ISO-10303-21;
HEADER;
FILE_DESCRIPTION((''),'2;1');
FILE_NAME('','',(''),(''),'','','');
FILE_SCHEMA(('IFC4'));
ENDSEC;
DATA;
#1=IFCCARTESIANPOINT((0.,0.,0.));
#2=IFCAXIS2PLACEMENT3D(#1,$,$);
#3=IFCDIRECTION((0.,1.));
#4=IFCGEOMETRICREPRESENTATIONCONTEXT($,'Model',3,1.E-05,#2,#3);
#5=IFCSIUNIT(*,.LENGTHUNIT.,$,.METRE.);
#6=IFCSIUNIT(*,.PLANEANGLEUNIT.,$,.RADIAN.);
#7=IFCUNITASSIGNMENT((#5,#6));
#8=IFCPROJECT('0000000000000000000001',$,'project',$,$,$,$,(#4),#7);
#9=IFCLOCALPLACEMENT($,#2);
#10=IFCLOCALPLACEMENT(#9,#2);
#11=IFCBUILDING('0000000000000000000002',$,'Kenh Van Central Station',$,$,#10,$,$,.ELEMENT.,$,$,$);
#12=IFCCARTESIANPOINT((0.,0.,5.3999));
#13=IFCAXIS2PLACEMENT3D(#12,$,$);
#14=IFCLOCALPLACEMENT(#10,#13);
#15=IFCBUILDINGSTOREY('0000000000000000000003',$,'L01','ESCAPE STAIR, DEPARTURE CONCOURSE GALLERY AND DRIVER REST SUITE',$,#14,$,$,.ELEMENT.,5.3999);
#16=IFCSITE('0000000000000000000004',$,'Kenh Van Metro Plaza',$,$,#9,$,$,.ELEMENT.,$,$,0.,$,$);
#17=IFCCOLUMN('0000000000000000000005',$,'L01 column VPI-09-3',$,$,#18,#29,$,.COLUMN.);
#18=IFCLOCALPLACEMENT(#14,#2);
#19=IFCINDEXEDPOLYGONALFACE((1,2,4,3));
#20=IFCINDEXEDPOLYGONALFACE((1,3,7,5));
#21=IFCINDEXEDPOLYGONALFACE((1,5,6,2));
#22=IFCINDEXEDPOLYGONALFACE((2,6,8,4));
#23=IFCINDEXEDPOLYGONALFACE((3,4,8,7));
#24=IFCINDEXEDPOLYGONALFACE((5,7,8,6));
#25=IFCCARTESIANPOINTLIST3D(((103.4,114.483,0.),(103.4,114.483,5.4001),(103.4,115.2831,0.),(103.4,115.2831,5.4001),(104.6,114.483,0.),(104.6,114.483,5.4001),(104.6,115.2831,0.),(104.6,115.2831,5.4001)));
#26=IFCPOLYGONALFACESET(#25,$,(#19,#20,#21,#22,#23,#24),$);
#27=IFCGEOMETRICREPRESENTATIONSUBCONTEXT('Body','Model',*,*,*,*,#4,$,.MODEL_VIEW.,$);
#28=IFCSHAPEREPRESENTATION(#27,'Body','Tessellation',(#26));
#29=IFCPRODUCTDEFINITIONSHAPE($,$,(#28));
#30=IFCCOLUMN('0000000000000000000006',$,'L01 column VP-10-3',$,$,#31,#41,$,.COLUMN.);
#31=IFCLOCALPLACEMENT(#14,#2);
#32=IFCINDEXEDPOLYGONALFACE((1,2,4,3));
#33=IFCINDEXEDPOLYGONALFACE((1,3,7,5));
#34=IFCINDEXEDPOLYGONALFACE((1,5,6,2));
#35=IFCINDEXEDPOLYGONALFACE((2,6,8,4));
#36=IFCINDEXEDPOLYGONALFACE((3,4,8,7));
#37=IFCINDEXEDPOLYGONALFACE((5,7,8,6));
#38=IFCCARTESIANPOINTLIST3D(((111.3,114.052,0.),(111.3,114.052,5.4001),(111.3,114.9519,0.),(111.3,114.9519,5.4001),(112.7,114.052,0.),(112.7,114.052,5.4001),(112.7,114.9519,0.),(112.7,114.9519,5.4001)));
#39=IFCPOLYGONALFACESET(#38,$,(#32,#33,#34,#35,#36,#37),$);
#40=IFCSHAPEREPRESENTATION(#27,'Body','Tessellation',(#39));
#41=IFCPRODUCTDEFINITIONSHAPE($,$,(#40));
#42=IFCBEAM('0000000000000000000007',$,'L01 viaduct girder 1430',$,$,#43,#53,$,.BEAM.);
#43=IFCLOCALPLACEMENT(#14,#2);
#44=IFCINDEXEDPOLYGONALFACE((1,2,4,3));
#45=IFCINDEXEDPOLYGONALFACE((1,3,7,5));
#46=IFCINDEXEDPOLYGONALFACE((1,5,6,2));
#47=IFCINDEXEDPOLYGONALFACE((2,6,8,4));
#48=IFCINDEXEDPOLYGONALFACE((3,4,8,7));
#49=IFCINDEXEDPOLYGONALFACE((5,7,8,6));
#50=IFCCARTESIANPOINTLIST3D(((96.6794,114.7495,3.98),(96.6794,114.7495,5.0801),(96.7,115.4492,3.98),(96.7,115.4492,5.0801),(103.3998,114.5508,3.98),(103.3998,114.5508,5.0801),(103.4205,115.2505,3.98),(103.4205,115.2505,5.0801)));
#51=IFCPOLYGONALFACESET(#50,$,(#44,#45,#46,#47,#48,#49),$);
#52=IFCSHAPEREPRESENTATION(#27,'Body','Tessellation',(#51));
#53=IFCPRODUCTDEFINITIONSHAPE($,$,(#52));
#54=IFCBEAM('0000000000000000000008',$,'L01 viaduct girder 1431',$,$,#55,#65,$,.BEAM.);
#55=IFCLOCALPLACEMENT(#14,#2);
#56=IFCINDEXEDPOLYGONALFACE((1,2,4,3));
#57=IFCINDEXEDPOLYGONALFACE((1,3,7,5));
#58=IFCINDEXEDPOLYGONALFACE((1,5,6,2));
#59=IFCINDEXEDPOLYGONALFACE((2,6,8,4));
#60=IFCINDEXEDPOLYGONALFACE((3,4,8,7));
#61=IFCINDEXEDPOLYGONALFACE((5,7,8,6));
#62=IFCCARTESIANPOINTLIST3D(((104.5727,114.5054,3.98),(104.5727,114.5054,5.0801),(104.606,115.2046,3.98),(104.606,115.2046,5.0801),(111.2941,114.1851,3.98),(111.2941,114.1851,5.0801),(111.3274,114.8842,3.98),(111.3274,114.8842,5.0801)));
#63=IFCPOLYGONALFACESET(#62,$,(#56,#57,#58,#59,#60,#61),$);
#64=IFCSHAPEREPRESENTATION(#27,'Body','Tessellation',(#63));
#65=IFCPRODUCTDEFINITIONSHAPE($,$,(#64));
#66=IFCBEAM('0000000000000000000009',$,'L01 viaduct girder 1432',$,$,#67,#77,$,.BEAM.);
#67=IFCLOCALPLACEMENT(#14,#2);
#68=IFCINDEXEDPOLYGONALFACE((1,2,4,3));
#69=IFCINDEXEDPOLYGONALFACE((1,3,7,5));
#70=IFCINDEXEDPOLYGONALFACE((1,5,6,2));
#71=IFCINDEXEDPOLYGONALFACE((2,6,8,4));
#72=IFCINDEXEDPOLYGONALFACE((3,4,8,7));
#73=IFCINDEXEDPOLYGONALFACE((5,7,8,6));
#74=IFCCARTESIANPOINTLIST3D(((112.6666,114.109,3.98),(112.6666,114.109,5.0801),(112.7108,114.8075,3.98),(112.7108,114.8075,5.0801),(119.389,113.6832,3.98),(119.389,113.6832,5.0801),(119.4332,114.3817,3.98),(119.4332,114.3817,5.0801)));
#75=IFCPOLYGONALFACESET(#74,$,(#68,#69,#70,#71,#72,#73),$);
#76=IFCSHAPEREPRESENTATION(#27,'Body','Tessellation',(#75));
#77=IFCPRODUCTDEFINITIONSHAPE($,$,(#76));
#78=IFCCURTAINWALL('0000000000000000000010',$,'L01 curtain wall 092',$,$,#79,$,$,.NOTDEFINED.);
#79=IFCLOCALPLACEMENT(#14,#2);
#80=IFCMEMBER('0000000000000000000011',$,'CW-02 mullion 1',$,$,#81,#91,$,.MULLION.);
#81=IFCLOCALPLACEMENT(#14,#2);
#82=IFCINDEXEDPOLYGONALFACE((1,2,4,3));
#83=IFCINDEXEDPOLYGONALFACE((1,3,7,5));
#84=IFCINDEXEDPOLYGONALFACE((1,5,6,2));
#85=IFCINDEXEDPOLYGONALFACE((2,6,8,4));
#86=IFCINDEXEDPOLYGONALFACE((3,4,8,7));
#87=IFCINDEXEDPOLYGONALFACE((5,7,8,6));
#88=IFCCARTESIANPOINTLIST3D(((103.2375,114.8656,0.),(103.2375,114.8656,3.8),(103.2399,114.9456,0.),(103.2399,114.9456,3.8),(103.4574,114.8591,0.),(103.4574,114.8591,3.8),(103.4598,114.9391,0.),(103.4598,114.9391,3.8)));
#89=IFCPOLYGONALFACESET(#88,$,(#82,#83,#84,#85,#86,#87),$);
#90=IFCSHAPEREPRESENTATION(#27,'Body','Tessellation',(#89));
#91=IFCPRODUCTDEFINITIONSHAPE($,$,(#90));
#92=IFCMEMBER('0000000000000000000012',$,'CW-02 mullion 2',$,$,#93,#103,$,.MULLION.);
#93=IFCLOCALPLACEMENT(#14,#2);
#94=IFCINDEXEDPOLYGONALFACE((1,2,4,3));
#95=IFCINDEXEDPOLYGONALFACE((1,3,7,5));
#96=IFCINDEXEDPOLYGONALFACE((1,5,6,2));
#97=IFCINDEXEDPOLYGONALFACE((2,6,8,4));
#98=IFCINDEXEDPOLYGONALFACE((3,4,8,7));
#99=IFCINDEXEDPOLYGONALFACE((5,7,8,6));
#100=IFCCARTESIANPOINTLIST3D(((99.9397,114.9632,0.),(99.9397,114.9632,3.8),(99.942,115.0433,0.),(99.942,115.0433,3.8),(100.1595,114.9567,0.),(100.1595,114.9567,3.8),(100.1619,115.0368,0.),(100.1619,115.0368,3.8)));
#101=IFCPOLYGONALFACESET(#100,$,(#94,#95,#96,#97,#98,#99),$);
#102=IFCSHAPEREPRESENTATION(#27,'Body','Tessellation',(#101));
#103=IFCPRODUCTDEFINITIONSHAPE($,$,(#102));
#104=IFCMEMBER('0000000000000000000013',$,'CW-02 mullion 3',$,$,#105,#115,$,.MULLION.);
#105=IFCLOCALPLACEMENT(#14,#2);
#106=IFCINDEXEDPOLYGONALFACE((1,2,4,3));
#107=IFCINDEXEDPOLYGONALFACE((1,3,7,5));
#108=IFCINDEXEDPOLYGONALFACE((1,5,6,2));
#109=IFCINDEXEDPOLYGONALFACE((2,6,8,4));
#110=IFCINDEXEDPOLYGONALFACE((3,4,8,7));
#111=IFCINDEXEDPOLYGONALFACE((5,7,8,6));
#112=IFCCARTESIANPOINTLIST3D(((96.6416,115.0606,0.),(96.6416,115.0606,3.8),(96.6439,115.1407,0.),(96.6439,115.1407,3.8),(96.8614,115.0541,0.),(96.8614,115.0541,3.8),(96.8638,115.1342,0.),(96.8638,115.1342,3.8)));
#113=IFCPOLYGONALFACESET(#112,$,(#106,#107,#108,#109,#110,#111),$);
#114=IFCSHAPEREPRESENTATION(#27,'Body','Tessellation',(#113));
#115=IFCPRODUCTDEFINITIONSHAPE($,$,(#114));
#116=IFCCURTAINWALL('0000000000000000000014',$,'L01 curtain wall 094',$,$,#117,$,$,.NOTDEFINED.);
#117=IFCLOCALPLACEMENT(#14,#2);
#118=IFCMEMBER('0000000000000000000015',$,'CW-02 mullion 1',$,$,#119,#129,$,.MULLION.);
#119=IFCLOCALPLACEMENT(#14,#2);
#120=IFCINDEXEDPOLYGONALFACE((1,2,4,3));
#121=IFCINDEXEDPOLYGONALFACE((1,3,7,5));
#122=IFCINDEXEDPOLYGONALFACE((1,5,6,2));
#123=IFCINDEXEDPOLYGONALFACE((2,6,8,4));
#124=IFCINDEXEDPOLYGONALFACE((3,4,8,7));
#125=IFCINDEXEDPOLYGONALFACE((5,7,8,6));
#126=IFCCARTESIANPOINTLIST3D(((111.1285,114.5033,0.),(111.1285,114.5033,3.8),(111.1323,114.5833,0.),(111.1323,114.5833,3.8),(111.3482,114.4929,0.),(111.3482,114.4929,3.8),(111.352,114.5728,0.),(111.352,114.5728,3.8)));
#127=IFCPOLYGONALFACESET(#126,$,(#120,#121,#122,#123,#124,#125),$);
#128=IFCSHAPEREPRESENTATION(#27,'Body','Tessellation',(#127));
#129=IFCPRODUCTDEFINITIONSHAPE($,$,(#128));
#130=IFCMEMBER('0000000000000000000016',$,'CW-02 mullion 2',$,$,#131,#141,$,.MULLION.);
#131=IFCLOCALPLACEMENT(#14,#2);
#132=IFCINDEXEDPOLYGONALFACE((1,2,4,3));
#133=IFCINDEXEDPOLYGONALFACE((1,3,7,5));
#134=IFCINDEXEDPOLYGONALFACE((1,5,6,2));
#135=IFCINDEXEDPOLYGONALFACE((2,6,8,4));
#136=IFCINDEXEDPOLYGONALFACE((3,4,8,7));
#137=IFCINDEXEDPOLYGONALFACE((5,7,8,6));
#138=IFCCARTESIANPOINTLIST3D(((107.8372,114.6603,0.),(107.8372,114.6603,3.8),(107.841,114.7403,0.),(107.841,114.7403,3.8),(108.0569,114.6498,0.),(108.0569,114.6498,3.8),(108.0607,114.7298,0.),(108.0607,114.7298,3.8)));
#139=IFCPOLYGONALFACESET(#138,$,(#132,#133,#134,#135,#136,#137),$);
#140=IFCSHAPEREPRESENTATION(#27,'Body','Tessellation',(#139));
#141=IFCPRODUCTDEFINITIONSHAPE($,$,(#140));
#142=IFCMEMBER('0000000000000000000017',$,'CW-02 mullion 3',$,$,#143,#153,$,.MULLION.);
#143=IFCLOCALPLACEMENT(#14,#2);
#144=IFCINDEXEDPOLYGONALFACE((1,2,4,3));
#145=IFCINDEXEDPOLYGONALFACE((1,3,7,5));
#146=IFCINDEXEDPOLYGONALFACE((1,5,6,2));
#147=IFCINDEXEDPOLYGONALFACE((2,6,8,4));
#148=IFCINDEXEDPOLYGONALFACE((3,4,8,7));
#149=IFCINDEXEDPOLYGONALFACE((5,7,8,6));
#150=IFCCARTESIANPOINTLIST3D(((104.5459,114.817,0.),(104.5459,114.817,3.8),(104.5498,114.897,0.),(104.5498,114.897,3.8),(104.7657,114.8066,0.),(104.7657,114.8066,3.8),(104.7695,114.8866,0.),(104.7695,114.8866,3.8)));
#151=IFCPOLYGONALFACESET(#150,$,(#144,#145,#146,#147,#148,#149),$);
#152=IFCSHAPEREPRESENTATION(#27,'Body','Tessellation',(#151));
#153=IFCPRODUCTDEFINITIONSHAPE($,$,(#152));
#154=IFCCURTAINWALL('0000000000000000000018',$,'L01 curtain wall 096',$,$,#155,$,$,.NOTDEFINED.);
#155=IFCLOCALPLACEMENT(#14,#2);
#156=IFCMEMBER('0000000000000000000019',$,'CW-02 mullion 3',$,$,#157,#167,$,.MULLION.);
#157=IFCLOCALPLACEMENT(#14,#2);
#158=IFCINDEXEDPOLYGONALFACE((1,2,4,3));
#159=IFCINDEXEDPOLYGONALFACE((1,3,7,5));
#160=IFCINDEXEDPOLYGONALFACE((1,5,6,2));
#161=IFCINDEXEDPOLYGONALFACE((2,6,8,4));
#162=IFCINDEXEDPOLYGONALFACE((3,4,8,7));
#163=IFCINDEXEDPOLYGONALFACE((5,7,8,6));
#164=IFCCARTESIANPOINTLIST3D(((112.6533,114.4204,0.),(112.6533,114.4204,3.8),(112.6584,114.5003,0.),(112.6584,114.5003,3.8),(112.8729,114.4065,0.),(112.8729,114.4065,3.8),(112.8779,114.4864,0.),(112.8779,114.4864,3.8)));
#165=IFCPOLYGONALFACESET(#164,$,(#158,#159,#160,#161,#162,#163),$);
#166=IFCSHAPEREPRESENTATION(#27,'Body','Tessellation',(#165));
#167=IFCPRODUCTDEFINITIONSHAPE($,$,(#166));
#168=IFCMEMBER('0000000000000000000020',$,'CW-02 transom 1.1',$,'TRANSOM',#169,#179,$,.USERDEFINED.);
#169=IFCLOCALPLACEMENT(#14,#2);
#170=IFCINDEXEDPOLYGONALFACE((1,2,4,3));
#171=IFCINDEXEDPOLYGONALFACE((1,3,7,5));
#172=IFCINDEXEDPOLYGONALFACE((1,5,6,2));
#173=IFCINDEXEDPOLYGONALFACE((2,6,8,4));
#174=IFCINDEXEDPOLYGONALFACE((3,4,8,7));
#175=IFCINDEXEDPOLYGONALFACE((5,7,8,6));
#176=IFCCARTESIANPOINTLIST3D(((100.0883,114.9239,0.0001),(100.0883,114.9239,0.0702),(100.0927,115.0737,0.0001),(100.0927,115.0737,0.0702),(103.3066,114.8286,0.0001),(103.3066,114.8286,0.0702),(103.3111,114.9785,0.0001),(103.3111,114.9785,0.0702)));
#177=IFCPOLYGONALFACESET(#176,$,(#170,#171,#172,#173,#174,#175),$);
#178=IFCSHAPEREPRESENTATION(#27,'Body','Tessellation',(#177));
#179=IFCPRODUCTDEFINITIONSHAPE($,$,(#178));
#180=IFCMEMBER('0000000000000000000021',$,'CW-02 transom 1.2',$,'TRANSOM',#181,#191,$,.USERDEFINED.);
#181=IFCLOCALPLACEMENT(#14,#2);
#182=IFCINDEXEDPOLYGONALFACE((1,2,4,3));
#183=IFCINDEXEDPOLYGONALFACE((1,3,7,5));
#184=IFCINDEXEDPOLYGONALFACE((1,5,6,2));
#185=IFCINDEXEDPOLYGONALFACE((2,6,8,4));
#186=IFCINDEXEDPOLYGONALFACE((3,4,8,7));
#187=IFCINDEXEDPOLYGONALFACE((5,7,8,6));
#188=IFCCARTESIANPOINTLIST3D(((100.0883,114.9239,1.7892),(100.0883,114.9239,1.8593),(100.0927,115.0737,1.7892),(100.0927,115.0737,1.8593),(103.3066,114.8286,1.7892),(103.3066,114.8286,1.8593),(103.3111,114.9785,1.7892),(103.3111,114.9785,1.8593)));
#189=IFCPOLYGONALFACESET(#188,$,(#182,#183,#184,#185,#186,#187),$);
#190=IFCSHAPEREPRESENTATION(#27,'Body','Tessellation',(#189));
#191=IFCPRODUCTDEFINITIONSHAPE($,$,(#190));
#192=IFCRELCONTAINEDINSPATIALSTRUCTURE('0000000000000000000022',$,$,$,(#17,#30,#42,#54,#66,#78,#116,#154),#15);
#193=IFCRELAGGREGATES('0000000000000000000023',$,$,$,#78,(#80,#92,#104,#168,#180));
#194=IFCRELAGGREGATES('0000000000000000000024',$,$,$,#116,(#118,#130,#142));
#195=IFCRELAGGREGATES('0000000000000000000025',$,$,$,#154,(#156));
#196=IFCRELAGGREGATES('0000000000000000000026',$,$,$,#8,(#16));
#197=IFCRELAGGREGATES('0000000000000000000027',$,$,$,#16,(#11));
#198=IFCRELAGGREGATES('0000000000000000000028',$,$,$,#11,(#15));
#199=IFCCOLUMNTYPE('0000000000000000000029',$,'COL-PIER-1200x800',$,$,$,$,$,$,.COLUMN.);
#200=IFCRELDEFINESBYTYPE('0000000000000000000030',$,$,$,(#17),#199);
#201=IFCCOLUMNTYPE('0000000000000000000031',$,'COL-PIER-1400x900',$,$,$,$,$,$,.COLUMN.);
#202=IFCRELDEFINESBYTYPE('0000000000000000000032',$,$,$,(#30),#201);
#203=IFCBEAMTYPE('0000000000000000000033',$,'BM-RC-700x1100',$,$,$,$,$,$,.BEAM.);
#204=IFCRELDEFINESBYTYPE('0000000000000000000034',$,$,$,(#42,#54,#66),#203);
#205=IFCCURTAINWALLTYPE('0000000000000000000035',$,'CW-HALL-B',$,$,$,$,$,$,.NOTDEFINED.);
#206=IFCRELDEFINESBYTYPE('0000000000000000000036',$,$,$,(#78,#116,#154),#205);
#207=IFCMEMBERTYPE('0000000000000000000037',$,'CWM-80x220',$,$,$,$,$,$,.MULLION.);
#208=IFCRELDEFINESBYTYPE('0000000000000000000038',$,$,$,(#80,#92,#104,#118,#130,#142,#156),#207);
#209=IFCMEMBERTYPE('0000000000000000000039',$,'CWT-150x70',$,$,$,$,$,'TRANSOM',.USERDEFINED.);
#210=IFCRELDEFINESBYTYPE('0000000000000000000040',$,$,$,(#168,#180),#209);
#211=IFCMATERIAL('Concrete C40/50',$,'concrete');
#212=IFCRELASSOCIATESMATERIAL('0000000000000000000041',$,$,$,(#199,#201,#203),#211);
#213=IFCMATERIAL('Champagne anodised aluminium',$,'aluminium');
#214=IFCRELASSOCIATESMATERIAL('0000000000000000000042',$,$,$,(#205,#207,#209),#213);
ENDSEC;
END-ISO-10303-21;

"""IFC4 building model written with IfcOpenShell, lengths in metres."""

from ifc_helpers import new_model, si_unit, direction, frame, origin, origin_2d, place, context, subcontext, project, spatial, rectangle, extrude, material, material_profile, profile_set, type_object, element, aggregate, save


model = new_model("IFC4")

# Units and contexts
model_context = context("Model", 3, precision=1e-05, world=origin(), true_north=direction((0.0, 1.0)))
body_context = subcontext(model_context, "Body", "Model", "MODEL_VIEW")
ifc_project = project(units=[si_unit("LENGTHUNIT", "METRE"), si_unit("PLANEANGLEUNIT", "RADIAN")], contexts=[model_context])

# Site, building, storey
site_placement = place(None, origin())
site = spatial("IfcSite", under=ifc_project, at=site_placement, Name="Kenh Van Metro Plaza", CompositionType="ELEMENT", RefElevation=0.0)
building_placement = place(site_placement, origin())
building = spatial("IfcBuilding", under=site, at=building_placement, Name="Kenh Van Central Station", CompositionType="ELEMENT")
storey_placement = place(building_placement, frame((0.0, 0.0, 5.3999)))
storey = spatial("IfcBuildingStorey", under=building, at=storey_placement, Name="L01", Description="ESCAPE STAIR, DEPARTURE CONCOURSE GALLERY AND DRIVER REST SUITE", CompositionType="ELEMENT", Elevation=5.3999)

# Columns
ifc_material_1 = material(Name="Concrete C40/50", Category="concrete")
ifc_material_profile_1 = material_profile(ifc_material_1, rectangle(XDim=1.2, YDim=0.8, at=origin_2d()), Name="RC 1200x800")
ifc_profile_set_1 = profile_set([ifc_material_profile_1], Name="Concrete C40/50")
column_type_1 = type_object("IfcColumnType", Name="COL-PIER-1200x800", PredefinedType="COLUMN", material=ifc_profile_set_1)
column_1_placement = place(storey_placement, frame((104.0, 114.8831, 0.0), z_axis=(0.0, 0.0, 1.0), x_axis=(1.0, 0.0, 0.0)))
element("IfcColumn", 1, at=column_1_placement, inside=storey, type_object=column_type_1, Name="L01 column VPI-09-3", PredefinedType="COLUMN", context=body_context, shape_type="SweptSolid", body=[
    extrude(rectangle(XDim=1.2, YDim=0.8, at=origin_2d()), origin(), (0.0, 0.0, 1.0), 5.4001),
])
ifc_material_profile_2 = material_profile(ifc_material_1, rectangle(XDim=1.3999, YDim=0.8999, at=origin_2d()), Name="RC 1400x900")
ifc_profile_set_2 = profile_set([ifc_material_profile_2], Name="Concrete C40/50")
column_type_2 = type_object("IfcColumnType", Name="COL-PIER-1400x900", PredefinedType="COLUMN", material=ifc_profile_set_2)
column_2_placement = place(storey_placement, frame((112.0, 114.502, 0.0), z_axis=(0.0, 0.0, 1.0), x_axis=(1.0, 0.0, 0.0)))
element("IfcColumn", 2, at=column_2_placement, inside=storey, type_object=column_type_2, Name="L01 column VP-10-3", PredefinedType="COLUMN", context=body_context, shape_type="SweptSolid", body=[
    extrude(rectangle(XDim=1.3999, YDim=0.8999, at=origin_2d()), origin(), (0.0, 0.0, 1.0), 5.4001),
])

# Beams
ifc_material_profile_3 = material_profile(ifc_material_1, rectangle(XDim=0.7, YDim=1.1001, at=origin_2d()), Name="RC 700x1100")
ifc_profile_set_3 = profile_set([ifc_material_profile_3], Name="Concrete C40/50")
beam_type = type_object("IfcBeamType", Name="BM-RC-700x1100", PredefinedType="BEAM", material=ifc_profile_set_3)
beam_1_placement = place(storey_placement, frame((96.6897, 115.0994, 4.53), z_axis=(0.999563, -0.029558, 0.0), x_axis=(0.029558, 0.999563, 0.0)))
element("IfcBeam", 3, at=beam_1_placement, inside=storey, type_object=beam_type, Name="L01 viaduct girder 1430", PredefinedType="BEAM", context=body_context, shape_type="SweptSolid", body=[
    extrude(rectangle(XDim=0.7, YDim=1.1001, at=origin_2d()), origin(), (0.0, 0.0, 1.0), 6.7234),
])
beam_2_placement = place(storey_placement, frame((104.5894, 114.855, 4.53), z_axis=(0.998866, -0.047601, 0.0), x_axis=(0.047601, 0.998866, 0.0)))
element("IfcBeam", 4, at=beam_2_placement, inside=storey, type_object=beam_type, Name="L01 viaduct girder 1431", PredefinedType="BEAM", context=body_context, shape_type="SweptSolid", body=[
    extrude(rectangle(XDim=0.7, YDim=1.1001, at=origin_2d()), origin(), (0.0, 0.0, 1.0), 6.729),
])
beam_3_placement = place(storey_placement, frame((112.6887, 114.4583, 4.53), z_axis=(0.998, -0.063211, 0.0), x_axis=(0.063211, 0.998, 0.0)))
element("IfcBeam", 5, at=beam_3_placement, inside=storey, type_object=beam_type, Name="L01 viaduct girder 1432", PredefinedType="BEAM", context=body_context, shape_type="SweptSolid", body=[
    extrude(rectangle(XDim=0.7, YDim=1.1001, at=origin_2d()), origin(), (0.0, 0.0, 1.0), 6.7358),
])

# Curtain walls, members
ifc_material_2 = material(Name="Champagne anodised aluminium", Category="aluminium")
curtain_wall_type = type_object("IfcCurtainWallType", Name="CW-HALL-B", PredefinedType="NOTDEFINED", material=ifc_material_2)
curtain_wall_1_placement = place(storey_placement, origin())
curtain_wall_1 = element("IfcCurtainWall", 6, at=curtain_wall_1_placement, inside=storey, type_object=curtain_wall_type, Name="L01 curtain wall 092", PredefinedType="NOTDEFINED")
ifc_material_profile_4 = material_profile(ifc_material_2, rectangle(XDim=0.0801, YDim=0.22, at=origin_2d()), Name="AL 80x220")
ifc_profile_set_4 = profile_set([ifc_material_profile_4], Name="Champagne anodised aluminium")
member_type_1 = type_object("IfcMemberType", Name="CWM-80x220", PredefinedType="MULLION", material=ifc_profile_set_4)
member_1_placement = place(storey_placement, frame((103.3486, 114.9023, 0.0), z_axis=(0.0, 0.0, 1.0), x_axis=(-0.029571, -0.999563, 0.0)))
member_1 = element("IfcMember", 7, at=member_1_placement, type_object=member_type_1, Name="CW-02 mullion 1", PredefinedType="MULLION", context=body_context, shape_type="SweptSolid", body=[
    extrude(rectangle(XDim=0.0801, YDim=0.22, at=origin_2d()), origin(), (0.0, 0.0, 1.0), 3.8),
])
member_2_placement = place(storey_placement, frame((100.0508, 115.0, 0.0), z_axis=(0.0, 0.0, 1.0), x_axis=(-0.029571, -0.999563, 0.0)))
member_2 = element("IfcMember", 8, at=member_2_placement, type_object=member_type_1, Name="CW-02 mullion 2", PredefinedType="MULLION", context=body_context, shape_type="SweptSolid", body=[
    extrude(rectangle(XDim=0.0801, YDim=0.22, at=origin_2d()), origin(), (0.0, 0.0, 1.0), 3.8),
])
member_3_placement = place(storey_placement, frame((96.7527, 115.0974, 0.0), z_axis=(0.0, 0.0, 1.0), x_axis=(-0.029571, -0.999563, 0.0)))
member_3 = element("IfcMember", 9, at=member_3_placement, type_object=member_type_1, Name="CW-02 mullion 3", PredefinedType="MULLION", context=body_context, shape_type="SweptSolid", body=[
    extrude(rectangle(XDim=0.0801, YDim=0.22, at=origin_2d()), origin(), (0.0, 0.0, 1.0), 3.8),
])
curtain_wall_2_placement = place(storey_placement, origin())
curtain_wall_2 = element("IfcCurtainWall", 10, at=curtain_wall_2_placement, inside=storey, type_object=curtain_wall_type, Name="L01 curtain wall 094", PredefinedType="NOTDEFINED")
member_4_placement = place(storey_placement, frame((111.2402, 114.5381, 0.0), z_axis=(0.0, 0.0, 1.0), x_axis=(-0.047601, -0.998866, 0.0)))
member_4 = element("IfcMember", 11, at=member_4_placement, type_object=member_type_1, Name="CW-02 mullion 1", PredefinedType="MULLION", context=body_context, shape_type="SweptSolid", body=[
    extrude(rectangle(XDim=0.0801, YDim=0.22, at=origin_2d()), origin(), (0.0, 0.0, 1.0), 3.8),
])
member_5_placement = place(storey_placement, frame((107.949, 114.6951, 0.0), z_axis=(0.0, 0.0, 1.0), x_axis=(-0.047601, -0.998866, 0.0)))
member_5 = element("IfcMember", 12, at=member_5_placement, type_object=member_type_1, Name="CW-02 mullion 2", PredefinedType="MULLION", context=body_context, shape_type="SweptSolid", body=[
    extrude(rectangle(XDim=0.0801, YDim=0.22, at=origin_2d()), origin(), (0.0, 0.0, 1.0), 3.8),
])
member_6_placement = place(storey_placement, frame((104.6577, 114.8518, 0.0), z_axis=(0.0, 0.0, 1.0), x_axis=(-0.047601, -0.998866, 0.0)))
member_6 = element("IfcMember", 13, at=member_6_placement, type_object=member_type_1, Name="CW-02 mullion 3", PredefinedType="MULLION", context=body_context, shape_type="SweptSolid", body=[
    extrude(rectangle(XDim=0.0801, YDim=0.22, at=origin_2d()), origin(), (0.0, 0.0, 1.0), 3.8),
])

# Curtain wall, member
curtain_wall_3_placement = place(storey_placement, origin())
curtain_wall_3 = element("IfcCurtainWall", 14, at=curtain_wall_3_placement, inside=storey, type_object=curtain_wall_type, Name="L01 curtain wall 096", PredefinedType="NOTDEFINED")
member_7_placement = place(storey_placement, frame((112.7656, 114.4534, 0.0), z_axis=(0.0, 0.0, 1.0), x_axis=(-0.063211, -0.998, 0.0)))
member_7 = element("IfcMember", 15, at=member_7_placement, type_object=member_type_1, Name="CW-02 mullion 3", PredefinedType="MULLION", context=body_context, shape_type="SweptSolid", body=[
    extrude(rectangle(XDim=0.0801, YDim=0.22, at=origin_2d()), origin(), (0.0, 0.0, 1.0), 3.8),
])

# Members
ifc_material_profile_5 = material_profile(ifc_material_2, rectangle(XDim=0.1499, YDim=0.0701, at=origin_2d()), Name="AL 150x70")
ifc_profile_set_5 = profile_set([ifc_material_profile_5], Name="Champagne anodised aluminium")
member_type_2 = type_object("IfcMemberType", Name="CWT-150x70", ElementType="TRANSOM", PredefinedType="USERDEFINED", material=ifc_profile_set_5)
member_8_placement = place(storey_placement, frame((103.3088, 114.9036, 0.0352), z_axis=(-0.999563, 0.029573, 0.0), x_axis=(-0.029573, -0.999563, 0.0)))
member_8 = element("IfcMember", 16, at=member_8_placement, type_object=member_type_2, Name="CW-02 transom 1.1", ObjectType="TRANSOM", PredefinedType="USERDEFINED", context=body_context, shape_type="SweptSolid", body=[
    extrude(rectangle(XDim=0.1499, YDim=0.0701, at=origin_2d()), origin(), (0.0, 0.0, 1.0), 3.2197),
])
member_9_placement = place(storey_placement, frame((103.3088, 114.9036, 1.8242), z_axis=(-0.999563, 0.029573, 0.0), x_axis=(-0.029573, -0.999563, 0.0)))
member_9 = element("IfcMember", 17, at=member_9_placement, type_object=member_type_2, Name="CW-02 transom 1.2", ObjectType="TRANSOM", PredefinedType="USERDEFINED", context=body_context, shape_type="SweptSolid", body=[
    extrude(rectangle(XDim=0.1499, YDim=0.0701, at=origin_2d()), origin(), (0.0, 0.0, 1.0), 3.2197),
])

aggregate(curtain_wall_1, [member_1, member_2, member_3, member_8, member_9])
aggregate(curtain_wall_2, [member_4, member_5, member_6])
aggregate(curtain_wall_3, [member_7])

save(model, "model.ifc")
